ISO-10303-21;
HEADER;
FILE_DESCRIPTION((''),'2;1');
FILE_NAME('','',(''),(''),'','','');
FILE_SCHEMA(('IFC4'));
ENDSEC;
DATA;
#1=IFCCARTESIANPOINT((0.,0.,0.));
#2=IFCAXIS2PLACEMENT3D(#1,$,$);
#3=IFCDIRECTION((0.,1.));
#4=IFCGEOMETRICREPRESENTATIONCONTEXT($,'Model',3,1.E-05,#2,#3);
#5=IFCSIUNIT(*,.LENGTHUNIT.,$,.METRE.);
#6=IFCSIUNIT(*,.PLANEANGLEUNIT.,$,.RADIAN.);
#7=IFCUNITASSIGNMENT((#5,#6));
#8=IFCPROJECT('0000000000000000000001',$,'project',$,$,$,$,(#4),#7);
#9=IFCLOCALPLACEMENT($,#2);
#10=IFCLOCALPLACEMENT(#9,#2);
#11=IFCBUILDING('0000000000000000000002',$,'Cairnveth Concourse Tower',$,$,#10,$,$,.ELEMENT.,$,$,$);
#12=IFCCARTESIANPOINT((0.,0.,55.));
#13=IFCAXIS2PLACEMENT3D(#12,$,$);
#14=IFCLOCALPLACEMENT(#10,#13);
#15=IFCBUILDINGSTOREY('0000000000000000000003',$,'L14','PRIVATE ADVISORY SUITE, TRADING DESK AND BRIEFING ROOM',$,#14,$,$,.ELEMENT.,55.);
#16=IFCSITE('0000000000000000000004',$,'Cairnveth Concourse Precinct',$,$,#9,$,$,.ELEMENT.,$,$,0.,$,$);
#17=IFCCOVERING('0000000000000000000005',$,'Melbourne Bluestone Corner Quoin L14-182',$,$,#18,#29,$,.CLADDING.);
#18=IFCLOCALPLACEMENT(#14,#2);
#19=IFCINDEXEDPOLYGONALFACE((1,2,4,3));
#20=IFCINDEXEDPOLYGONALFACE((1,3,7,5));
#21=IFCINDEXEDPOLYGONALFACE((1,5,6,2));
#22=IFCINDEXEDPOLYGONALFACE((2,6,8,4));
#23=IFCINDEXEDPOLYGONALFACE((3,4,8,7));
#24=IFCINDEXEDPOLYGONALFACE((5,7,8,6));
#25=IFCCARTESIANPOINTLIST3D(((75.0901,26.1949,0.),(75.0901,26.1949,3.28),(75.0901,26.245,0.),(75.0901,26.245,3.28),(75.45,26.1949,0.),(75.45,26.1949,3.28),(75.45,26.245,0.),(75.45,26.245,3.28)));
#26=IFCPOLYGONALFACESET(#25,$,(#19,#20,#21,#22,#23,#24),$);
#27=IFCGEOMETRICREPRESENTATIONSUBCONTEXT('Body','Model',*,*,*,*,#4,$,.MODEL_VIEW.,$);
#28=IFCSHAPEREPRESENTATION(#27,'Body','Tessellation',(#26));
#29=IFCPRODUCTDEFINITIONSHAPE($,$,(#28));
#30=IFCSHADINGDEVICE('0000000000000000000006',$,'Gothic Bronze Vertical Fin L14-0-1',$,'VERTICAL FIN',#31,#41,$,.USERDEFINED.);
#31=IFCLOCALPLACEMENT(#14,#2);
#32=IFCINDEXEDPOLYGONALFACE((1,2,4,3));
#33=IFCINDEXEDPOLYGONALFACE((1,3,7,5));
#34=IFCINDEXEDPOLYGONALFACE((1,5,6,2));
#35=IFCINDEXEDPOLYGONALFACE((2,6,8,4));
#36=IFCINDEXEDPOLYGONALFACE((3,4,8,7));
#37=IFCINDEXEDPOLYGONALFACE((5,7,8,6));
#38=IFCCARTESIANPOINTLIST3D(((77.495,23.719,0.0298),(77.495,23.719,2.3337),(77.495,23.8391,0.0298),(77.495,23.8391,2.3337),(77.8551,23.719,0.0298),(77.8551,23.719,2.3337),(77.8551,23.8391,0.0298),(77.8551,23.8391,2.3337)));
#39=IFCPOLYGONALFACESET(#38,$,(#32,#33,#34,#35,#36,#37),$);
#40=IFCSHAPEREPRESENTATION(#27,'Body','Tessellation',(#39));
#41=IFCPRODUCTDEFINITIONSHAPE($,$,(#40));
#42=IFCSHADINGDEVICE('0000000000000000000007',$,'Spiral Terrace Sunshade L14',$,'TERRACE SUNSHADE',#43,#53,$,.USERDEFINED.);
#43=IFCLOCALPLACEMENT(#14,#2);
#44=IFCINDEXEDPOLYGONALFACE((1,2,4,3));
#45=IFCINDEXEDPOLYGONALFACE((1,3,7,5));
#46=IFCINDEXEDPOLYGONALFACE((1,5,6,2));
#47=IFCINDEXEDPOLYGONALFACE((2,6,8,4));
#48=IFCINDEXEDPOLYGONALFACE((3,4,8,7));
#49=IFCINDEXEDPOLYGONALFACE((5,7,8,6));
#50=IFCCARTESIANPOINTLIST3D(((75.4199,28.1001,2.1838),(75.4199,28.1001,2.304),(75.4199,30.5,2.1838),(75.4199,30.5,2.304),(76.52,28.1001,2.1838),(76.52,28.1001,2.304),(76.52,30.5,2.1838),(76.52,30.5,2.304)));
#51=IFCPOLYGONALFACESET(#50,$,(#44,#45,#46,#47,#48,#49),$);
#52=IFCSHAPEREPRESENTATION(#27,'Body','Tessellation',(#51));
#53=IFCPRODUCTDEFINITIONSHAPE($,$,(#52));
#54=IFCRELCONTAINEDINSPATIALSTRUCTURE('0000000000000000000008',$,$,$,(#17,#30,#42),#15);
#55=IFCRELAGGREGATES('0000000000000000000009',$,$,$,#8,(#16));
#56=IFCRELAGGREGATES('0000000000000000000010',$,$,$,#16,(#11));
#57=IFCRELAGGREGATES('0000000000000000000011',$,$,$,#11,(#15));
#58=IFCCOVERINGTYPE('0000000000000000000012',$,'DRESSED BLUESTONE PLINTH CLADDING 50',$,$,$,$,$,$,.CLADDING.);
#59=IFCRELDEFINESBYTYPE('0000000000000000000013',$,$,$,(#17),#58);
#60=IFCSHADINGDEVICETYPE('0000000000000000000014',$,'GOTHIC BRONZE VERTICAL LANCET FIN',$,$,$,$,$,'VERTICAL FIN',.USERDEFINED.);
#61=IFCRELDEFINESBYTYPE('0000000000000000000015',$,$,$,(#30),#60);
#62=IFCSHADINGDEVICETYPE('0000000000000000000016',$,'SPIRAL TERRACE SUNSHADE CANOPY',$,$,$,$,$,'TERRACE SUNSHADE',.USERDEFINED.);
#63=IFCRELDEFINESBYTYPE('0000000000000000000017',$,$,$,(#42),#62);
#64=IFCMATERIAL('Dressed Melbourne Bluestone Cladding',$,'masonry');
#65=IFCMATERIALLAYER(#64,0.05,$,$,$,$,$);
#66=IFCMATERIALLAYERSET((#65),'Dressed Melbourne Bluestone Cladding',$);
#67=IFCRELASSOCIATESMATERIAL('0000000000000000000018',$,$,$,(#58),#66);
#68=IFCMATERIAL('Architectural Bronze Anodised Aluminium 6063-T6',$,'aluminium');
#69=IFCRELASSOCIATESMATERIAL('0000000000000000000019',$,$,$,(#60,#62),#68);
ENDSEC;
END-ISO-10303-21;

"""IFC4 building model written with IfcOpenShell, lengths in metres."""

from ifc_helpers import new_model, si_unit, direction, frame, frame_2d, origin, origin_2d, place, context, subcontext, project, spatial, rectangle, extrude, material, layer, layer_set, type_object, element, save


model = new_model("IFC4")

# Units and contexts
model_context = context("Model", 3, precision=1e-05, world=origin(), true_north=direction((0.0, 1.0)))
body_context = subcontext(model_context, "Body", "Model", "MODEL_VIEW")
ifc_project = project(units=[si_unit("LENGTHUNIT", "METRE"), si_unit("PLANEANGLEUNIT", "RADIAN")], contexts=[model_context])

# Site, building, storey
site_placement = place(None, origin())
site = spatial("IfcSite", under=ifc_project, at=site_placement, Name="Cairnveth Concourse Precinct", CompositionType="ELEMENT", RefElevation=0.0)
building_placement = place(site_placement, origin())
building = spatial("IfcBuilding", under=site, at=building_placement, Name="Cairnveth Concourse Tower", CompositionType="ELEMENT")
storey_placement = place(building_placement, frame((0.0, 0.0, 55.0)))
storey = spatial("IfcBuildingStorey", under=building, at=storey_placement, Name="L14", Description="PRIVATE ADVISORY SUITE, TRADING DESK AND BRIEFING ROOM", CompositionType="ELEMENT", Elevation=55.0)

# Shared definitions
ifc_material_1 = material(Name="Dressed Melbourne Bluestone Cladding", Category="masonry")

# Shared definitions
ifc_material_2 = material(Name="Architectural Bronze Anodised Aluminium 6063-T6", Category="aluminium")

# Covering
ifc_layer_1 = layer(ifc_material_1, 0.05)
ifc_layer_set_1 = layer_set([ifc_layer_1], Name="Dressed Melbourne Bluestone Cladding")
covering_type = type_object("IfcCoveringType", Name="DRESSED BLUESTONE PLINTH CLADDING 50", PredefinedType="CLADDING", material=ifc_layer_set_1)
covering_placement = place(storey_placement, frame((75.0901, 26.22, 0.0), z_axis=(0.0, 0.0, 1.0), x_axis=(1.0, 0.0, 0.0)))
element("IfcCovering", 1, at=covering_placement, inside=storey, type_object=covering_type, Name="Melbourne Bluestone Corner Quoin L14-182", PredefinedType="CLADDING", context=body_context, shape_type="SweptSolid", body=[
    extrude(rectangle(XDim=0.3599, YDim=0.05, at=frame_2d((0.1799, 0.0))), origin(), (0.0, 0.0, 1.0), 3.28),
])

# Shading devices
shading_device_type_1 = type_object("IfcShadingDeviceType", Name="GOTHIC BRONZE VERTICAL LANCET FIN", ElementType="VERTICAL FIN", PredefinedType="USERDEFINED", material=ifc_material_2)
shading_device_1_placement = place(storey_placement, frame((77.675, 23.7791, 0.0298), z_axis=(0.0, 0.0, 1.0), x_axis=(0.0, 1.0, 0.0)))
element("IfcShadingDevice", 2, at=shading_device_1_placement, inside=storey, type_object=shading_device_type_1, Name="Gothic Bronze Vertical Fin L14-0-1", ObjectType="VERTICAL FIN", PredefinedType="USERDEFINED", context=body_context, shape_type="SweptSolid", body=[
    extrude(rectangle(XDim=0.1201, YDim=0.3601, at=origin_2d()), origin(), (0.0, 0.0, 1.0), 2.304),
])
shading_device_type_2 = type_object("IfcShadingDeviceType", Name="SPIRAL TERRACE SUNSHADE CANOPY", ElementType="TERRACE SUNSHADE", PredefinedType="USERDEFINED", material=ifc_material_2)
shading_device_2_placement = place(storey_placement, frame((75.97, 29.3, 2.1838), z_axis=(0.0, 0.0, 1.0), x_axis=(1.0, 0.0, 0.0)))
element("IfcShadingDevice", 3, at=shading_device_2_placement, inside=storey, type_object=shading_device_type_2, Name="Spiral Terrace Sunshade L14", ObjectType="TERRACE SUNSHADE", PredefinedType="USERDEFINED", context=body_context, shape_type="SweptSolid", body=[
    extrude(rectangle(XDim=1.1001, YDim=2.3999, at=origin_2d()), origin(), (0.0, 0.0, 1.0), 0.1201),
])

save(model, "model.ifc")
